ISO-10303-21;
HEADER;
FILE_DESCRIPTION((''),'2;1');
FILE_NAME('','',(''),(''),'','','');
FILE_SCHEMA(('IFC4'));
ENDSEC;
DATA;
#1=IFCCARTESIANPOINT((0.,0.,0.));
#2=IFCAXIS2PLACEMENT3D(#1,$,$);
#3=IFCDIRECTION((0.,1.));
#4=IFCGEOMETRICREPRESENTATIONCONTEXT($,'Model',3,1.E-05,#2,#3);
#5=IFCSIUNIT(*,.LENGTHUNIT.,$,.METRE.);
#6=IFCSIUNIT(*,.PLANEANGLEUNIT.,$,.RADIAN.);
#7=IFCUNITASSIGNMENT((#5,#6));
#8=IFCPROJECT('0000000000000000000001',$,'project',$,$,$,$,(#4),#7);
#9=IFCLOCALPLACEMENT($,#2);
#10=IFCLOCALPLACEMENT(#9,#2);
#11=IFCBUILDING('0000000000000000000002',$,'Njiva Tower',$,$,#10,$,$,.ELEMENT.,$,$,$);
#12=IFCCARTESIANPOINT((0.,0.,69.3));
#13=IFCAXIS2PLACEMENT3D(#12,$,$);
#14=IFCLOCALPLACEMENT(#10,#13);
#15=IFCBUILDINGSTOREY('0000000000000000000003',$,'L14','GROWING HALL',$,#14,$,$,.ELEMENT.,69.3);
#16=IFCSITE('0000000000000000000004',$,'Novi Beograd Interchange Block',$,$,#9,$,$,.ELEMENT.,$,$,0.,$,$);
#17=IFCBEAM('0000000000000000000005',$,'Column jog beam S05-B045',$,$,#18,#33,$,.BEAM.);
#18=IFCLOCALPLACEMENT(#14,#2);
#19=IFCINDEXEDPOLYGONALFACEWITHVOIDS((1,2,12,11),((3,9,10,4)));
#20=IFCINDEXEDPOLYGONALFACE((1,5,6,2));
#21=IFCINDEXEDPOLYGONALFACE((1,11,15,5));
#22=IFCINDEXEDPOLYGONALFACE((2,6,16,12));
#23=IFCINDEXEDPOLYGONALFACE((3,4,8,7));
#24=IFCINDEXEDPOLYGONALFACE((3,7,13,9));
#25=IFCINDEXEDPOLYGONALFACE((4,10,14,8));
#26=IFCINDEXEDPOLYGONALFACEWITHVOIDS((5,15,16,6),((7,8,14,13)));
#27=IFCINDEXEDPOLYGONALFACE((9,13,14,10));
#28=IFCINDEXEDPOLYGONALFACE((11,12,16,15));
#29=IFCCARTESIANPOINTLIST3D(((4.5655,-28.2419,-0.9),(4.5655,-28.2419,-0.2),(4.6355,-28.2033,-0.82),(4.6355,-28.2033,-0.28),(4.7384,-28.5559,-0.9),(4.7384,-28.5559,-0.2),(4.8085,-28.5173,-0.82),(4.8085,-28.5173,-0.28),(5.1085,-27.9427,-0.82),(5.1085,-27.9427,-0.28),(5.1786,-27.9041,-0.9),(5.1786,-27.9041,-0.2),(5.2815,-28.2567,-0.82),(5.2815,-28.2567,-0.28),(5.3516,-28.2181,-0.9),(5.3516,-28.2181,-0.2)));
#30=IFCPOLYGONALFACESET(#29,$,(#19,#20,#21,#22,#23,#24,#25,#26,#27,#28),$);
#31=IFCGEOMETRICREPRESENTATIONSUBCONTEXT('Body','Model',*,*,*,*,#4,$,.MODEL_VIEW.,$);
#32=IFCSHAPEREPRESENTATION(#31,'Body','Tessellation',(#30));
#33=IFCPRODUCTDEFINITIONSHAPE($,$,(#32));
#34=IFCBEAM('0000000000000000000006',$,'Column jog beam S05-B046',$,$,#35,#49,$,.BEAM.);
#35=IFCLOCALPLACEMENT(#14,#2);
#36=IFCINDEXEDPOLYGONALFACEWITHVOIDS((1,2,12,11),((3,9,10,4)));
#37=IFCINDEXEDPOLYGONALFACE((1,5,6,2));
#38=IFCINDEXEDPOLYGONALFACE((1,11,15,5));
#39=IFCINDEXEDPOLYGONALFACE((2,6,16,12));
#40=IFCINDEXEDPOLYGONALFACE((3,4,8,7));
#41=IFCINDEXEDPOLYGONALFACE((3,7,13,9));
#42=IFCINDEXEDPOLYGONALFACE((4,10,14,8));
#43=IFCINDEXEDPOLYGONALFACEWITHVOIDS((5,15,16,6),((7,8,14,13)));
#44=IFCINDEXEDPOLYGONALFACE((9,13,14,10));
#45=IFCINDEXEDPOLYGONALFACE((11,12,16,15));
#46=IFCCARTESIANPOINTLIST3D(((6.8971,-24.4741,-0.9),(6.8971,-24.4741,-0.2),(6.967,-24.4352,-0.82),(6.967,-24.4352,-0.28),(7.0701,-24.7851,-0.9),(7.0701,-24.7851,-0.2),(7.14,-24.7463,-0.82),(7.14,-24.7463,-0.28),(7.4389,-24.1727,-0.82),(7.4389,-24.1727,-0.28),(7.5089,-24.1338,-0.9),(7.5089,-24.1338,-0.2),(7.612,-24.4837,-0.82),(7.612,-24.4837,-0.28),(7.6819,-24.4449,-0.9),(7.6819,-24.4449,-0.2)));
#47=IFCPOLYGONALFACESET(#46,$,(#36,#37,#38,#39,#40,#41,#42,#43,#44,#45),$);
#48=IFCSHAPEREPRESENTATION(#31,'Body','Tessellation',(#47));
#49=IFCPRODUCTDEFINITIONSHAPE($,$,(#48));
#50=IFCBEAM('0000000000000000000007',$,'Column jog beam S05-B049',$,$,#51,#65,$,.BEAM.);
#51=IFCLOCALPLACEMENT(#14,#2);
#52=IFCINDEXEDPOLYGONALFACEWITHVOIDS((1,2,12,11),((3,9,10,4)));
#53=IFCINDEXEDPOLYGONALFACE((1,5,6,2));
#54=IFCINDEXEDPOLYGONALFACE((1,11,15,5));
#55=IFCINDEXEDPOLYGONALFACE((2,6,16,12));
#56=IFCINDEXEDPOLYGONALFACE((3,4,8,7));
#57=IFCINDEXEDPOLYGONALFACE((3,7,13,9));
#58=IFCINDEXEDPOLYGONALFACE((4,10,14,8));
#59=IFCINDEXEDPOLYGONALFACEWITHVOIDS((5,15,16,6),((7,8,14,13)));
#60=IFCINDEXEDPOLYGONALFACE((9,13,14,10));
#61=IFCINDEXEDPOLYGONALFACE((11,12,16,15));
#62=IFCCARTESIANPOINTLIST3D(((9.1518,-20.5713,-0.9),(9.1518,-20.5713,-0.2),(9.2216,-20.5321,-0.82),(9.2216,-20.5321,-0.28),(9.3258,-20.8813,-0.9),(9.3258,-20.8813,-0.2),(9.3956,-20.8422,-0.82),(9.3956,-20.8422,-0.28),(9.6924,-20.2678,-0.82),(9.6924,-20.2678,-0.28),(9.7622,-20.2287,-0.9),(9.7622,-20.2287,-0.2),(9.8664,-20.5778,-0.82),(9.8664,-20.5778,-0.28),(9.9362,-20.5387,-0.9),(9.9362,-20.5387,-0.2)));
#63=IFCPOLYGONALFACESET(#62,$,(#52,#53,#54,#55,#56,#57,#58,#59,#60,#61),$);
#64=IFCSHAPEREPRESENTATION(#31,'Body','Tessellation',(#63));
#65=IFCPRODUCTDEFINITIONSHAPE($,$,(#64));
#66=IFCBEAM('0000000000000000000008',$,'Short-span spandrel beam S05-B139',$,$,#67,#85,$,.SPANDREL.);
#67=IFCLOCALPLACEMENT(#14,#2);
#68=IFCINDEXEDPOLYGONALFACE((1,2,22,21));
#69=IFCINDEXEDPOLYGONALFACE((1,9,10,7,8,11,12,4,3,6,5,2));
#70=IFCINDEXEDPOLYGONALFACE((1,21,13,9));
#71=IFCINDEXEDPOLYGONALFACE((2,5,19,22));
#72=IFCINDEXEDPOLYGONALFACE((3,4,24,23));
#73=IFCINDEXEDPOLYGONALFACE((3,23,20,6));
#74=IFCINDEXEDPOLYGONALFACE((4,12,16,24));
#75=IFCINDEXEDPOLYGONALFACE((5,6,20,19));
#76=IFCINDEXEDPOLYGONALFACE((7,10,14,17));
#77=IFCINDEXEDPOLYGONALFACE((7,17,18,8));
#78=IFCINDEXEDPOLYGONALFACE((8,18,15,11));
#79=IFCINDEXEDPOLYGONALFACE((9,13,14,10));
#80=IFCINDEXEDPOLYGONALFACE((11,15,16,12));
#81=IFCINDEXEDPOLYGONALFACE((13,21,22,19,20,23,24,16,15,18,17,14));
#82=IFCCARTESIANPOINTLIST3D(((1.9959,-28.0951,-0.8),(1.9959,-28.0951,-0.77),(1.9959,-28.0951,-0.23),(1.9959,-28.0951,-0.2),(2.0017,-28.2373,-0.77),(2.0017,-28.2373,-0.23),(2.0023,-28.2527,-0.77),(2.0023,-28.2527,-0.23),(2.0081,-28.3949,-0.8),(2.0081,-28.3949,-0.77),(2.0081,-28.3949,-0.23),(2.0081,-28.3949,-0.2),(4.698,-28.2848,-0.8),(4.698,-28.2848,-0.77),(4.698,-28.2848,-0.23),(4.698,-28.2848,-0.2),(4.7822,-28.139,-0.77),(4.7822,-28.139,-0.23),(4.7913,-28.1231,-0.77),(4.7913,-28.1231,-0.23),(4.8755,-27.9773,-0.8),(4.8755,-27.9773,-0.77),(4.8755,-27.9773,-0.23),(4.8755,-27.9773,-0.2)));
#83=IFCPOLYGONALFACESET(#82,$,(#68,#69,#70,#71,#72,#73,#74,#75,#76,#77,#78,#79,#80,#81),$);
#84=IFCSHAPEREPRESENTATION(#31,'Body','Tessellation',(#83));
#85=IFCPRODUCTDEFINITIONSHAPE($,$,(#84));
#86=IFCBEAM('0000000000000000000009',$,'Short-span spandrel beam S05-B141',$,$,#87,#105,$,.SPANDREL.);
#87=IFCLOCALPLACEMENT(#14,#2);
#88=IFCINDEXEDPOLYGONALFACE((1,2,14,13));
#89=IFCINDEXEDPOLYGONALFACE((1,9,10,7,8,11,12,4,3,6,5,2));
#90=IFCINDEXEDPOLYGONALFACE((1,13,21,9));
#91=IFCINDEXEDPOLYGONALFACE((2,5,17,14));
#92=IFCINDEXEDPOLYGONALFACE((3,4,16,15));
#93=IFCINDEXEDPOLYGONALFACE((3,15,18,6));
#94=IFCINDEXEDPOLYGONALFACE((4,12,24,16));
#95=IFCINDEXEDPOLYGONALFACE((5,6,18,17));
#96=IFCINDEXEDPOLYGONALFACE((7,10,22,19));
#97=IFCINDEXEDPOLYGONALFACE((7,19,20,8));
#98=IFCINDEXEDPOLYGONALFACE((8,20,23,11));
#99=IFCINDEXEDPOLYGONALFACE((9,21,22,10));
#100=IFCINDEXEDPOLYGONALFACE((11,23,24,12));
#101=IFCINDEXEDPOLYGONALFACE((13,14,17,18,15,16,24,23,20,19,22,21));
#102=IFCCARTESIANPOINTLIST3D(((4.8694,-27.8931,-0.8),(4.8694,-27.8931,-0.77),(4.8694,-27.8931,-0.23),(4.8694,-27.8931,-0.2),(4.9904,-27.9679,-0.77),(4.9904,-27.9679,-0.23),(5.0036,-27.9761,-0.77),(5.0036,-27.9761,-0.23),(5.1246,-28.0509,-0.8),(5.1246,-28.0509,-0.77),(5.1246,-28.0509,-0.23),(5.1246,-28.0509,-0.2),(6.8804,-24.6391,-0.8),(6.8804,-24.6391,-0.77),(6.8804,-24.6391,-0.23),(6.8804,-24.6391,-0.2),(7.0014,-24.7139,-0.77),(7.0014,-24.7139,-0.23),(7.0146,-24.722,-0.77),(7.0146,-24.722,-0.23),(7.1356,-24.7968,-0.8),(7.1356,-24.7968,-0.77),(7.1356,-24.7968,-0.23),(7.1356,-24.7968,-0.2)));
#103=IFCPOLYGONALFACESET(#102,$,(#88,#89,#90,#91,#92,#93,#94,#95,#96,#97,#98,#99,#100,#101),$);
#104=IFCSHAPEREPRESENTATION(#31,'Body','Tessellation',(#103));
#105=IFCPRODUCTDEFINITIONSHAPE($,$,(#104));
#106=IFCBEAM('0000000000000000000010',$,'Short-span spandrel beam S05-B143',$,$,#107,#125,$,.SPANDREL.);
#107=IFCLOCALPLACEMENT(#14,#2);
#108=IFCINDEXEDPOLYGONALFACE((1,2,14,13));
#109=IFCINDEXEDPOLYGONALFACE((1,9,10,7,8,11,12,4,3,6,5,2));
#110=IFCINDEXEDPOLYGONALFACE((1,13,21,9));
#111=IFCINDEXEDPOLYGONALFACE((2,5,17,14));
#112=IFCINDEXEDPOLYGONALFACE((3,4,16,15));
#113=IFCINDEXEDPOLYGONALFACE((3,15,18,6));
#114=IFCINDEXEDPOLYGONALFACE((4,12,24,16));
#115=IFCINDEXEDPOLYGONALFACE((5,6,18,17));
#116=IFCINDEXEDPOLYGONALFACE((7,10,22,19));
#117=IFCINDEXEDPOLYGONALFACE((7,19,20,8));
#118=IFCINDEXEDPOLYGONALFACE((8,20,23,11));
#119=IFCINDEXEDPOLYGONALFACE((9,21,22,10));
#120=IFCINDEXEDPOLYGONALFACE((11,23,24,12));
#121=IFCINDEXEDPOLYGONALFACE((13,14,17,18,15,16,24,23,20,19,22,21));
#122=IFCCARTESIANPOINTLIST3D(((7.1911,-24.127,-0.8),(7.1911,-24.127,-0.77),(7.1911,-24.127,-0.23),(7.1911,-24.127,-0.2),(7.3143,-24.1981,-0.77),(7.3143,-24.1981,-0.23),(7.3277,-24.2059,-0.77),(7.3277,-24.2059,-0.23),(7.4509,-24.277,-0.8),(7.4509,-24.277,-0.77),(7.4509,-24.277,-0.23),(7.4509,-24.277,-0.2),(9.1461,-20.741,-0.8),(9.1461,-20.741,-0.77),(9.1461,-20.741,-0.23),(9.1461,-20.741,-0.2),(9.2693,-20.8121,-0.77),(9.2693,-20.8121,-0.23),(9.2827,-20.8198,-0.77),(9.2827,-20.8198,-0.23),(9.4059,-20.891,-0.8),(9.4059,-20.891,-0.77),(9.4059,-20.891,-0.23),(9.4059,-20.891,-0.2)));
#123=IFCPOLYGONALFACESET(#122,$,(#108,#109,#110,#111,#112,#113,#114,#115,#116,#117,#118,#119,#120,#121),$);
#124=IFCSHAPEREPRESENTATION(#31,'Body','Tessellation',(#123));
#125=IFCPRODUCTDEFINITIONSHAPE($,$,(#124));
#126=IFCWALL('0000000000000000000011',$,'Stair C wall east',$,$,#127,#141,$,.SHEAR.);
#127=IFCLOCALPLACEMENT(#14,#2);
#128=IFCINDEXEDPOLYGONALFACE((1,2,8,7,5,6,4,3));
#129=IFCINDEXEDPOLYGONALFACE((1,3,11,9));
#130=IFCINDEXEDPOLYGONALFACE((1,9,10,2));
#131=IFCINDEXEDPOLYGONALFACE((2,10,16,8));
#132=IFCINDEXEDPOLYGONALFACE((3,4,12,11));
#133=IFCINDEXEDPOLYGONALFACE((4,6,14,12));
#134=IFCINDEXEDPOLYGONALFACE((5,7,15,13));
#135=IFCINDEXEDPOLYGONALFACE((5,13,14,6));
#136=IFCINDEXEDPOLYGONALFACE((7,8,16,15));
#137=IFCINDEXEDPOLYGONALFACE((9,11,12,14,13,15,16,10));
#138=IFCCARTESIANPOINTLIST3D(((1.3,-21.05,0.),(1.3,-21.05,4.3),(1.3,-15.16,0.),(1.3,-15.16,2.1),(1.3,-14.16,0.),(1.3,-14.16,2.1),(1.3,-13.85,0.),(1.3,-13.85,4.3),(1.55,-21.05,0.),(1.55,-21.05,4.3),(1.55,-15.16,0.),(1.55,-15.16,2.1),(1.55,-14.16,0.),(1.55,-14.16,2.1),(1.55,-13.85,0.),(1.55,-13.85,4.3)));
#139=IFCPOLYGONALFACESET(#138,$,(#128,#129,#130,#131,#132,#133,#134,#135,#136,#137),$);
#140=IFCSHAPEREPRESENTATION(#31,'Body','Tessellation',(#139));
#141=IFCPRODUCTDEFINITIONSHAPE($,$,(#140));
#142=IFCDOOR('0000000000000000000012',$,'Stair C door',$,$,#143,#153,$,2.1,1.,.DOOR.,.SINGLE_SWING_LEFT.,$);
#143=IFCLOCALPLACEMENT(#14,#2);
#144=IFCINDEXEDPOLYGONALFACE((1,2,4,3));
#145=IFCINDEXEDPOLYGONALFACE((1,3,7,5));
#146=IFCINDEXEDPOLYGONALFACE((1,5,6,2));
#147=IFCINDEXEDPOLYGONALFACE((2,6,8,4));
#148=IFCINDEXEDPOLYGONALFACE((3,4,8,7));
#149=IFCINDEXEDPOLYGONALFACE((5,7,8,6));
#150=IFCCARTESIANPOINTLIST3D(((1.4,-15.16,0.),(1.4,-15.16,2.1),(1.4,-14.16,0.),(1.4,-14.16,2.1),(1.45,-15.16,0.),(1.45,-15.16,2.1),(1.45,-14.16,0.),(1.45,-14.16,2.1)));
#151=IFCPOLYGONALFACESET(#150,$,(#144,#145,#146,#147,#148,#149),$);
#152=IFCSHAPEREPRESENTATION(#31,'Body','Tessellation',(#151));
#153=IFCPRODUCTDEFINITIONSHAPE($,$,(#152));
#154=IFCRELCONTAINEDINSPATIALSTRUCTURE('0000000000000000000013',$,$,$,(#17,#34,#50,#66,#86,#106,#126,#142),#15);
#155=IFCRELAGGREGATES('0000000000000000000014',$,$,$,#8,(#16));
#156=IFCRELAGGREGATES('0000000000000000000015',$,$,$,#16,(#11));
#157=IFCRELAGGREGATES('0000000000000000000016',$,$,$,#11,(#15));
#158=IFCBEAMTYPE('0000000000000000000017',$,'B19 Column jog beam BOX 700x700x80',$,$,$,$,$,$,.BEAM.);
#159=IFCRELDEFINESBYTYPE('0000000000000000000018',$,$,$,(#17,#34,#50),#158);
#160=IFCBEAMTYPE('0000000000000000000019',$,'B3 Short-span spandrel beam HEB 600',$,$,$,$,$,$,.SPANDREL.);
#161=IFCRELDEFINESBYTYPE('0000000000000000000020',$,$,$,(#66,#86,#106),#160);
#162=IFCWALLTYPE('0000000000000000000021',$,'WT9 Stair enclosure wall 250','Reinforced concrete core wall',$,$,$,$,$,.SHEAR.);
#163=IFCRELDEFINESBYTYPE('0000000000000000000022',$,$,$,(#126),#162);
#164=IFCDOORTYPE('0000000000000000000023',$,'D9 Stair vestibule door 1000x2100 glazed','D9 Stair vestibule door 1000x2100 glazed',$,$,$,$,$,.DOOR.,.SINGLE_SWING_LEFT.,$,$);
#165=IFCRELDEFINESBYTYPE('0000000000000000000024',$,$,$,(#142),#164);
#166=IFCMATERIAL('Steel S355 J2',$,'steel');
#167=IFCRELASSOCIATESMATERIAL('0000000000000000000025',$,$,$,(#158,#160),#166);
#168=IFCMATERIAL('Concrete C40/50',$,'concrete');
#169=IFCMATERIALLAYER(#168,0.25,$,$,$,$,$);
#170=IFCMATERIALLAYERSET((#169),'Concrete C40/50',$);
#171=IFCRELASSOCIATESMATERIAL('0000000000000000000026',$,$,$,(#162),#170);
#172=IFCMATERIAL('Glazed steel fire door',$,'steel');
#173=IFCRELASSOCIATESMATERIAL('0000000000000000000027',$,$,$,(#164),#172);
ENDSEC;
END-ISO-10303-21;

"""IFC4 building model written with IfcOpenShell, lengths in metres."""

from ifc_helpers import new_model, si_unit, direction, frame, frame_2d, origin, origin_2d, place, context, subcontext, project, spatial, rectangle, hollow_rectangle, i_section, extrude, clip, halfspace, material, layer, layer_set, material_profile, profile_set, type_object, element, fill, save


model = new_model("IFC4")

# Units and contexts
model_context = context("Model", 3, precision=1e-05, world=origin(), true_north=direction((0.0, 1.0)))
body_context = subcontext(model_context, "Body", "Model", "MODEL_VIEW")
ifc_project = project(units=[si_unit("LENGTHUNIT", "METRE"), si_unit("PLANEANGLEUNIT", "RADIAN")], contexts=[model_context])

# Site, building, storey
site_placement = place(None, origin())
site = spatial("IfcSite", under=ifc_project, at=site_placement, Name="Novi Beograd Interchange Block", CompositionType="ELEMENT", RefElevation=0.0)
building_placement = place(site_placement, origin())
building = spatial("IfcBuilding", under=site, at=building_placement, Name="Njiva Tower", CompositionType="ELEMENT")
storey_placement = place(building_placement, frame((0.0, 0.0, 69.3)))
storey = spatial("IfcBuildingStorey", under=building, at=storey_placement, Name="L14", Description="GROWING HALL", CompositionType="ELEMENT", Elevation=69.3)

# Shared definitions
ifc_material_1 = material(Name="Steel S355 J2", Category="steel")

# Beams
ifc_material_profile_1 = material_profile(ifc_material_1, hollow_rectangle(XDim=0.7, YDim=0.7, WallThickness=0.08, at=origin_2d()), Name="BOX 700x700x80")
ifc_profile_set_1 = profile_set([ifc_material_profile_1], Name="Steel S355 J2")
beam_type_1 = type_object("IfcBeamType", Name="B19 Column jog beam BOX 700x700x80", PredefinedType="BEAM", material=ifc_profile_set_1)
beam_1_placement = place(storey_placement, frame((5.045, -28.387, -0.55), z_axis=(-0.482561, 0.875862, 0.0), x_axis=(-0.875862, -0.482561, 0.0)))
element("IfcBeam", 1, at=beam_1_placement, inside=storey, type_object=beam_type_1, Name="Column jog beam S05-B045", PredefinedType="BEAM", context=body_context, shape_type="SweptSolid", body=[
    extrude(hollow_rectangle(XDim=0.7, YDim=0.7, WallThickness=0.08, at=origin_2d()), origin(), (0.0, 0.0, 1.0), 0.3585),
])
beam_2_placement = place(storey_placement, frame((7.376, -24.615, -0.55), z_axis=(-0.48612, 0.873892, 0.0), x_axis=(-0.873892, -0.48612, 0.0)))
element("IfcBeam", 2, at=beam_2_placement, inside=storey, type_object=beam_type_1, Name="Column jog beam S05-B046", PredefinedType="BEAM", context=body_context, shape_type="SweptSolid", body=[
    extrude(hollow_rectangle(XDim=0.7, YDim=0.7, WallThickness=0.08, at=origin_2d()), origin(), (0.0, 0.0, 1.0), 0.3559),
])
beam_3_placement = place(storey_placement, frame((9.631, -20.71, -0.55), z_axis=(-0.48946, 0.872026, 0.0), x_axis=(-0.872026, -0.48946, 0.0)))
element("IfcBeam", 3, at=beam_3_placement, inside=storey, type_object=beam_type_1, Name="Column jog beam S05-B049", PredefinedType="BEAM", context=body_context, shape_type="SweptSolid", body=[
    extrude(hollow_rectangle(XDim=0.7, YDim=0.7, WallThickness=0.08, at=origin_2d()), origin(), (0.0, 0.0, 1.0), 0.3555),
])
ifc_material_profile_2 = material_profile(ifc_material_1, i_section(OverallWidth=0.3, OverallDepth=0.6, WebThickness=0.0155, FlangeThickness=0.03, at=origin_2d()), Name="HEB 600")
ifc_profile_set_2 = profile_set([ifc_material_profile_2], Name="Steel S355 J2")
beam_type_2 = type_object("IfcBeamType", Name="B3 Short-span spandrel beam HEB 600", PredefinedType="SPANDREL", material=ifc_profile_set_2)
beam_4_placement = place(storey_placement, frame((2.002, -28.245, -0.5), z_axis=(0.999163, 0.040899, 0.0), x_axis=(-0.040899, 0.999163, 0.0)))
element("IfcBeam", 4, at=beam_4_placement, inside=storey, type_object=beam_type_2, Name="Short-span spandrel beam S05-B139", PredefinedType="SPANDREL", context=body_context, shape_type="Clipping", body=[
    clip(extrude(i_section(OverallWidth=0.3, OverallDepth=0.6, WebThickness=0.0155, FlangeThickness=0.03, at=origin_2d()), origin(), (0.0, 0.0, 1.0), 2.9023), halfspace(frame((-0.0268, 0.0, 2.7701), z_axis=(-0.535, 0.0, 0.844852), x_axis=(0.0, 1.0, 0.0)), False)),
])
beam_5_placement = place(storey_placement, frame((4.997, -27.972, -0.5), z_axis=(0.525715, 0.85066, 0.0), x_axis=(-0.85066, 0.525715, 0.0)))
element("IfcBeam", 5, at=beam_5_placement, inside=storey, type_object=beam_type_2, Name="Short-span spandrel beam S05-B141", PredefinedType="SPANDREL", context=body_context, shape_type="SweptSolid", body=[
    extrude(i_section(OverallWidth=0.3, OverallDepth=0.6, WebThickness=0.0155, FlangeThickness=0.03, at=origin_2d()), origin(), (0.0, 0.0, 1.0), 3.8253),
])
beam_6_placement = place(storey_placement, frame((7.321, -24.202, -0.5), z_axis=(0.500018, 0.866015, 0.0), x_axis=(-0.866015, 0.500018, 0.0)))
element("IfcBeam", 6, at=beam_6_placement, inside=storey, type_object=beam_type_2, Name="Short-span spandrel beam S05-B143", PredefinedType="SPANDREL", context=body_context, shape_type="SweptSolid", body=[
    extrude(i_section(OverallWidth=0.3, OverallDepth=0.6, WebThickness=0.0155, FlangeThickness=0.03, at=origin_2d()), origin(), (0.0, 0.0, 1.0), 3.9099),
])

# Wall, opening, door
ifc_material_2 = material(Name="Concrete C40/50", Category="concrete")
ifc_layer_1 = layer(ifc_material_2, 0.25)
ifc_layer_set_1 = layer_set([ifc_layer_1], Name="Concrete C40/50")
wall_type_1 = type_object("IfcWallType", Name="WT9 Stair enclosure wall 250", Description="Reinforced concrete core wall", PredefinedType="SHEAR", material=ifc_layer_set_1)
wall_1_placement = place(storey_placement, frame((1.425, -21.05, 0.0), z_axis=(0.0, 0.0, 1.0), x_axis=(0.0, 1.0, 0.0)))
wall_1 = element("IfcWall", 7, at=wall_1_placement, inside=storey, type_object=wall_type_1, Name="Stair C wall east", PredefinedType="SHEAR", context=body_context, shape_type="SweptSolid", body=[
    extrude(rectangle(XDim=7.2, YDim=0.25, at=frame_2d((3.6, 0.0))), origin(), (0.0, 0.0, 1.0), 4.3),
])
opening_1_placement = place(wall_1_placement, frame((5.89, 0.0, 0.0)))
opening_1 = element("IfcOpeningElement", 8, at=opening_1_placement, cuts=wall_1, PredefinedType="OPENING", context=body_context, shape_type="SweptSolid", body=[
    extrude(rectangle(XDim=1.0, YDim=2.1, at=frame_2d((0.5, 1.05))), frame((0.0, 0.135, 0.0), z_axis=(0.0, -1.0, 0.0), x_axis=(1.0, 0.0, 0.0)), (0.0, 0.0, 1.0), 0.27),
])
ifc_material_3 = material(Name="Glazed steel fire door", Category="steel")
door_type = type_object("IfcDoorType", Name="D9 Stair vestibule door 1000x2100 glazed", Description="D9 Stair vestibule door 1000x2100 glazed", OperationType="SINGLE_SWING_LEFT", PredefinedType="DOOR", material=ifc_material_3)
door_placement = place(opening_1_placement, origin())
door = element("IfcDoor", 9, at=door_placement, inside=storey, type_object=door_type, Name="Stair C door", OperationType="SINGLE_SWING_LEFT", OverallHeight=2.1, OverallWidth=1.0, PredefinedType="DOOR", context=body_context, shape_type="SweptSolid", body=[
    extrude(rectangle(XDim=1.0, YDim=2.1, at=frame_2d((0.5, 1.05))), frame((0.0, 0.025, 0.0), z_axis=(0.0, -1.0, 0.0), x_axis=(1.0, 0.0, 0.0)), (0.0, 0.0, 1.0), 0.05),
])
fill(opening_1, door)

save(model, "model.ifc")
